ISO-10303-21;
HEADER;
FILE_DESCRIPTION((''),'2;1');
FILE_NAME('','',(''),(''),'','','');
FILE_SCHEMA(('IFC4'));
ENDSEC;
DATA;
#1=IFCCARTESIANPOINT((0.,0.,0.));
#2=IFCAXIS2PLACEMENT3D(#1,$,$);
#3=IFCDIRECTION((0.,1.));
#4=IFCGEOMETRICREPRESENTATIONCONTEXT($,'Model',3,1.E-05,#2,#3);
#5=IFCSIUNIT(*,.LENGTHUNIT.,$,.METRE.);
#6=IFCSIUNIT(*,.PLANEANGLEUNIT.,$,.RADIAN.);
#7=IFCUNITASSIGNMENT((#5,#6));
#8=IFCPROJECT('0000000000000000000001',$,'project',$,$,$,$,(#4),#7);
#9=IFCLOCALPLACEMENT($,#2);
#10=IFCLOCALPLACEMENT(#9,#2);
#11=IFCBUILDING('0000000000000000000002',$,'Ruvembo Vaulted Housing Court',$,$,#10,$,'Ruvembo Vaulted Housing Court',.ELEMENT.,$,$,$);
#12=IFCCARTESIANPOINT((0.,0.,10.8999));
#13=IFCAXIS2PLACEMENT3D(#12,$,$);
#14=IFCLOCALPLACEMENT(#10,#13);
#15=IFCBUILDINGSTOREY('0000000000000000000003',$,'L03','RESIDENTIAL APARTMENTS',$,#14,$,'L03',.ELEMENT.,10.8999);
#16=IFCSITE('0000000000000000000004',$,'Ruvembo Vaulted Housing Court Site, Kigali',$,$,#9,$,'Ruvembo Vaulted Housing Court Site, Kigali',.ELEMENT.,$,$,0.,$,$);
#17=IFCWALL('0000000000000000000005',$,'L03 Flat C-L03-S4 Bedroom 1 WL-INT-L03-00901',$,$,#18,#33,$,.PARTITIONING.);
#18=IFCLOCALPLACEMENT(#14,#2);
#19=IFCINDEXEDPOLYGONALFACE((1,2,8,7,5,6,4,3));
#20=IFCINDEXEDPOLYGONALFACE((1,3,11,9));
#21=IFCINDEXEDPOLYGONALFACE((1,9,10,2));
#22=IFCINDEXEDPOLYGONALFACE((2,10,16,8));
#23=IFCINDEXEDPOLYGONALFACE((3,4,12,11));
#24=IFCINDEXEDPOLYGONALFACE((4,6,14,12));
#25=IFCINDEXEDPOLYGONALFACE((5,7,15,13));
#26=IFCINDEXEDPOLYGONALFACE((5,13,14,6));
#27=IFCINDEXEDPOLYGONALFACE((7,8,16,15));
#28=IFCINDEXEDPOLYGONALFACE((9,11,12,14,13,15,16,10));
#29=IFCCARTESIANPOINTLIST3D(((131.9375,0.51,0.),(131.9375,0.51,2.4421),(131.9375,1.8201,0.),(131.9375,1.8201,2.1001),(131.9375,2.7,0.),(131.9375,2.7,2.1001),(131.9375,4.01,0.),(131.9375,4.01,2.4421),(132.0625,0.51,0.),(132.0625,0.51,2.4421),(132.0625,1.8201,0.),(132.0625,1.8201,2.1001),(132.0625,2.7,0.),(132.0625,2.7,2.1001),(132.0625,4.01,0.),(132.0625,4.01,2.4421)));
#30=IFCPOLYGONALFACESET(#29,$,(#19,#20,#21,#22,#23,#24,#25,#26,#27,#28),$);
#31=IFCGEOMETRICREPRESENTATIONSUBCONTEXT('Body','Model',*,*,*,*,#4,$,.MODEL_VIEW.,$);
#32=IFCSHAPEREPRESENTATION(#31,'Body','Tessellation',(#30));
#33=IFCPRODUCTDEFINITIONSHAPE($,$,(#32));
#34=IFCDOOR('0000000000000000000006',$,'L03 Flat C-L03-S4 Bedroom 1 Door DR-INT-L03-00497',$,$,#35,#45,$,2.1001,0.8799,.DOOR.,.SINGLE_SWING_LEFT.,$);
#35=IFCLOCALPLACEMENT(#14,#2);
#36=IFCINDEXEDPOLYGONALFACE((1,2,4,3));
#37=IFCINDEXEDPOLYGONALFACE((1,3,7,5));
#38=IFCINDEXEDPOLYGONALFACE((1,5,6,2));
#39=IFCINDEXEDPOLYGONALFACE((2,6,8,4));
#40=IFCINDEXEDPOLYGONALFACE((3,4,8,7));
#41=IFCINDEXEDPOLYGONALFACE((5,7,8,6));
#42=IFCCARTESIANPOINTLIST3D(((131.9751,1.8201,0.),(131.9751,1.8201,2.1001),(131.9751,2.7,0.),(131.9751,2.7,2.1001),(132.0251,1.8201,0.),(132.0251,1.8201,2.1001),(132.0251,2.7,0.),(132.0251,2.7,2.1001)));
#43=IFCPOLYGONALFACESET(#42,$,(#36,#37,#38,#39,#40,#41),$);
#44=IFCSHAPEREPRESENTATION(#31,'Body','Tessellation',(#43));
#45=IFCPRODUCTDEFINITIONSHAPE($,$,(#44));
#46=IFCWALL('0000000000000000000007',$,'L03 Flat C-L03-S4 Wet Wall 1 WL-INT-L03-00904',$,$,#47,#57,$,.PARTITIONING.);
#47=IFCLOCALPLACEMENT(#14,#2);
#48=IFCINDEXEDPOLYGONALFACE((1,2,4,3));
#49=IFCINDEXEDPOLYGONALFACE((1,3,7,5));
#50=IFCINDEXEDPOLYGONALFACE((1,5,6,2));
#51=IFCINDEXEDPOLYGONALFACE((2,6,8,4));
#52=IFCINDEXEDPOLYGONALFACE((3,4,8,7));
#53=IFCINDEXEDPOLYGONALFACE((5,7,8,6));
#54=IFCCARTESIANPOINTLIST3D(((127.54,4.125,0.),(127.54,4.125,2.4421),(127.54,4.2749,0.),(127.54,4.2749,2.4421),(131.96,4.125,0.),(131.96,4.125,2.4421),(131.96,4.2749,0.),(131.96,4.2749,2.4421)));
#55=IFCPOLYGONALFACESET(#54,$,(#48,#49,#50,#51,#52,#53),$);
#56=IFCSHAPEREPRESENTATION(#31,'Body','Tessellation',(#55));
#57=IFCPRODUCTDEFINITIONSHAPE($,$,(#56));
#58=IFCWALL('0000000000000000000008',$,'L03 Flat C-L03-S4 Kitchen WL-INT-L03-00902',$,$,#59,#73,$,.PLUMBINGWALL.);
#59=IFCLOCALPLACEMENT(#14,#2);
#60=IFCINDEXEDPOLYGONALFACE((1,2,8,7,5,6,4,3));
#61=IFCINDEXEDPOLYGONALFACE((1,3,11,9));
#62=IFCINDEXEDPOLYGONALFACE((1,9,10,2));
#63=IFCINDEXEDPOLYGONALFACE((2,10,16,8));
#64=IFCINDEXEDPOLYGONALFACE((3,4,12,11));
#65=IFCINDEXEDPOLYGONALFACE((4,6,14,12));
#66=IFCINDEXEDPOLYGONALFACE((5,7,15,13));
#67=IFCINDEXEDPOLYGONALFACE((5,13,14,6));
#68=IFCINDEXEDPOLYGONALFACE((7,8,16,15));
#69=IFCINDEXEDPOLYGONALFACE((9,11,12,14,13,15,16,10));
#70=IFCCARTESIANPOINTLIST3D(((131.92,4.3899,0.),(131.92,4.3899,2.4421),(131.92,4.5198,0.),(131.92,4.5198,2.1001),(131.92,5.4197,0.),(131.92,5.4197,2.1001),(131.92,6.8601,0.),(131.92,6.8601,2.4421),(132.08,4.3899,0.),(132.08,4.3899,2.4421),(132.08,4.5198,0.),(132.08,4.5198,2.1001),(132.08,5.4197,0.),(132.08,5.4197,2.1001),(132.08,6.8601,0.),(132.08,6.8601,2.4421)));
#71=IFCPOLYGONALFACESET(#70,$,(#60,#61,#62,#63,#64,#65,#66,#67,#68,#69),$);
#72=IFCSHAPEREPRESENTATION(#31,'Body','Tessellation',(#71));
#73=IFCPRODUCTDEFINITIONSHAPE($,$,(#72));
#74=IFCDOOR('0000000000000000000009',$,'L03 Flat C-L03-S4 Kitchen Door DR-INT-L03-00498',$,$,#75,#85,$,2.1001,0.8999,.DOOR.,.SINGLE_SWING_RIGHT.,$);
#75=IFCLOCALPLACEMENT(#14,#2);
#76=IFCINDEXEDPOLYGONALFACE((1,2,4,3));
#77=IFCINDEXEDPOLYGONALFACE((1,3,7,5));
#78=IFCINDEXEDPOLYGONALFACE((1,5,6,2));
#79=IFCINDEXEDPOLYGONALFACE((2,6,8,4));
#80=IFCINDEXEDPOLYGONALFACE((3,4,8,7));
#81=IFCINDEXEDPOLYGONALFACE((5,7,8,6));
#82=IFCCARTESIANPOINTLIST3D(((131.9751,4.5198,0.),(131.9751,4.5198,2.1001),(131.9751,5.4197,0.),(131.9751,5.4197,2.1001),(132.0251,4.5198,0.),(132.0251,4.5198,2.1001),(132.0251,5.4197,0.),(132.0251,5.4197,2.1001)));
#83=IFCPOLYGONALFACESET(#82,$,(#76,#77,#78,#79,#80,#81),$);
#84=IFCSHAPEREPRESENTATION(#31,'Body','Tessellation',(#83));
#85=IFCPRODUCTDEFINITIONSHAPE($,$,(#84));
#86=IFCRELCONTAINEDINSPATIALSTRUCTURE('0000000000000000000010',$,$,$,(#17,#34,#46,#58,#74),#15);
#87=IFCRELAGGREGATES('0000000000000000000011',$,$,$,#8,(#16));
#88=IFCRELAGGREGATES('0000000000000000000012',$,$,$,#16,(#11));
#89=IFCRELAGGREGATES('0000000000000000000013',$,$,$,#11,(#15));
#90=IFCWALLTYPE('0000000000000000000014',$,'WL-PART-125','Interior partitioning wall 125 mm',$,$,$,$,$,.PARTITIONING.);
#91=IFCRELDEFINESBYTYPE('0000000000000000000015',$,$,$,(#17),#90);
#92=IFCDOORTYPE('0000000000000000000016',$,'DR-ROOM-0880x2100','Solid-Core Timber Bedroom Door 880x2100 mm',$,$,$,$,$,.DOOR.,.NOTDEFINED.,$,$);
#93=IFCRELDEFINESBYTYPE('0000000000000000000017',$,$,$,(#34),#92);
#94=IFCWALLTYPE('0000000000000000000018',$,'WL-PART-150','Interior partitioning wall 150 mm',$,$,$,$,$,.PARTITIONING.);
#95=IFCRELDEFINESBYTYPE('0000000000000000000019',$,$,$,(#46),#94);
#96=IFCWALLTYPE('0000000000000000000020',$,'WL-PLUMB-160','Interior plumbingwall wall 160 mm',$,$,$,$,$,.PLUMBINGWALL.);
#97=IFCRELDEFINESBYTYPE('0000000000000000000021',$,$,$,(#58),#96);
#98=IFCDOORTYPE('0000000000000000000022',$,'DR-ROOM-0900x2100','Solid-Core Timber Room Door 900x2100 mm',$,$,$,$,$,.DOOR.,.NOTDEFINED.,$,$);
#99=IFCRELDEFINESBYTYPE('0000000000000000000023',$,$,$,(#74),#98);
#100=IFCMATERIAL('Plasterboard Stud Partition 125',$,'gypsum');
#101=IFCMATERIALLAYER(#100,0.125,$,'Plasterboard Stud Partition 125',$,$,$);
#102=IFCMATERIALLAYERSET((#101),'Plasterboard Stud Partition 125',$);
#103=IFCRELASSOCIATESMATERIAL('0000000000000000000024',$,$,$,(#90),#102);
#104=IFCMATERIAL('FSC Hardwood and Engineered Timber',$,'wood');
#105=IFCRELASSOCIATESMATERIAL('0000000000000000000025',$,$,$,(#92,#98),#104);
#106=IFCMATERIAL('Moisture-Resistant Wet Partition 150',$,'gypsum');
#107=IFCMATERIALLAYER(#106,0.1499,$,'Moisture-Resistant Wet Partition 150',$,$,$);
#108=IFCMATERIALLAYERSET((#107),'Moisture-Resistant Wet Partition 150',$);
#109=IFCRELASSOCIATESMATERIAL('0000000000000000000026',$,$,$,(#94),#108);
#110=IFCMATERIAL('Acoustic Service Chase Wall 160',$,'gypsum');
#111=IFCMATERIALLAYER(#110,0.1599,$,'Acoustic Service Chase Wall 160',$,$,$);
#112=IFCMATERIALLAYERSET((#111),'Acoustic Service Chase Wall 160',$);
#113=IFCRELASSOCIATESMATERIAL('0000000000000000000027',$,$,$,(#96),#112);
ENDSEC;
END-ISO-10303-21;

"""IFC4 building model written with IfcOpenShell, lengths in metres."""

from ifc_helpers import new_model, si_unit, direction, frame, frame_2d, origin, place, context, subcontext, project, spatial, rectangle, extrude, material, layer, layer_set, type_object, element, fill, save


model = new_model("IFC4")

# Units and contexts
model_context = context("Model", 3, precision=1e-05, world=origin(), true_north=direction((0.0, 1.0)))
body_context = subcontext(model_context, "Body", "Model", "MODEL_VIEW")
ifc_project = project(units=[si_unit("LENGTHUNIT", "METRE"), si_unit("PLANEANGLEUNIT", "RADIAN")], contexts=[model_context])

# Site, building, storey
site_placement = place(None, origin())
site = spatial("IfcSite", under=ifc_project, at=site_placement, Name="Ruvembo Vaulted Housing Court Site, Kigali", LongName="Ruvembo Vaulted Housing Court Site, Kigali", CompositionType="ELEMENT", RefElevation=0.0)
building_placement = place(site_placement, origin())
building = spatial("IfcBuilding", under=site, at=building_placement, Name="Ruvembo Vaulted Housing Court", LongName="Ruvembo Vaulted Housing Court", CompositionType="ELEMENT")
storey_placement = place(building_placement, frame((0.0, 0.0, 10.8999)))
storey = spatial("IfcBuildingStorey", under=building, at=storey_placement, Name="L03", Description="RESIDENTIAL APARTMENTS", LongName="L03", CompositionType="ELEMENT", Elevation=10.8999)

# Wall, opening, door
ifc_material_1 = material(Name="Plasterboard Stud Partition 125", Category="gypsum")
ifc_layer_1 = layer(ifc_material_1, 0.125, Name="Plasterboard Stud Partition 125")
ifc_layer_set_1 = layer_set([ifc_layer_1], Name="Plasterboard Stud Partition 125")
wall_type_1 = type_object("IfcWallType", Name="WL-PART-125", Description="Interior partitioning wall 125 mm", PredefinedType="PARTITIONING", material=ifc_layer_set_1)
wall_1_placement = place(storey_placement, frame((132.0, 0.51, 0.0), z_axis=(0.0, 0.0, 1.0), x_axis=(0.0, 1.0, 0.0)))
wall_1 = element("IfcWall", 1, at=wall_1_placement, inside=storey, type_object=wall_type_1, Name="L03 Flat C-L03-S4 Bedroom 1 WL-INT-L03-00901", PredefinedType="PARTITIONING", context=body_context, shape_type="SweptSolid", body=[
    extrude(rectangle(XDim=3.5, YDim=0.125, at=frame_2d((1.75, 0.0))), origin(), (0.0, 0.0, 1.0), 2.4421),
])
opening_1_placement = place(wall_1_placement, frame((1.3101, 0.0, 0.0)))
opening_1 = element("IfcOpeningElement", 2, at=opening_1_placement, cuts=wall_1, PredefinedType="OPENING", context=body_context, shape_type="SweptSolid", body=[
    extrude(rectangle(XDim=0.8799, YDim=2.1001, at=frame_2d((0.4399, 1.05))), frame((0.0, 0.0725, 0.0), z_axis=(0.0, -1.0, 0.0), x_axis=(1.0, 0.0, 0.0)), (0.0, 0.0, 1.0), 0.145),
])
ifc_material_2 = material(Name="FSC Hardwood and Engineered Timber", Category="wood")
door_type_1 = type_object("IfcDoorType", Name="DR-ROOM-0880x2100", Description="Solid-Core Timber Bedroom Door 880x2100 mm", OperationType="NOTDEFINED", PredefinedType="DOOR", material=ifc_material_2)
door_1_placement = place(opening_1_placement, origin())
door_1 = element("IfcDoor", 3, at=door_1_placement, inside=storey, type_object=door_type_1, Name="L03 Flat C-L03-S4 Bedroom 1 Door DR-INT-L03-00497", OperationType="SINGLE_SWING_LEFT", OverallHeight=2.1001, OverallWidth=0.8799, PredefinedType="DOOR", context=body_context, shape_type="SweptSolid", body=[
    extrude(rectangle(XDim=0.8799, YDim=2.1001, at=frame_2d((0.4399, 1.05))), frame((0.0, 0.0249, 0.0), z_axis=(0.0, -1.0, 0.0), x_axis=(1.0, 0.0, 0.0)), (0.0, 0.0, 1.0), 0.05),
])
fill(opening_1, door_1)

# Wall
ifc_material_3 = material(Name="Moisture-Resistant Wet Partition 150", Category="gypsum")
ifc_layer_2 = layer(ifc_material_3, 0.1499, Name="Moisture-Resistant Wet Partition 150")
ifc_layer_set_2 = layer_set([ifc_layer_2], Name="Moisture-Resistant Wet Partition 150")
wall_type_2 = type_object("IfcWallType", Name="WL-PART-150", Description="Interior partitioning wall 150 mm", PredefinedType="PARTITIONING", material=ifc_layer_set_2)
wall_2_placement = place(storey_placement, frame((127.54, 4.2, 0.0), z_axis=(0.0, 0.0, 1.0), x_axis=(1.0, 0.0, 0.0)))
element("IfcWall", 4, at=wall_2_placement, inside=storey, type_object=wall_type_2, Name="L03 Flat C-L03-S4 Wet Wall 1 WL-INT-L03-00904", PredefinedType="PARTITIONING", context=body_context, shape_type="SweptSolid", body=[
    extrude(rectangle(XDim=4.4199, YDim=0.1499, at=frame_2d((2.21, 0.0))), origin(), (0.0, 0.0, 1.0), 2.4421),
])

# Wall, opening, door
ifc_material_4 = material(Name="Acoustic Service Chase Wall 160", Category="gypsum")
ifc_layer_3 = layer(ifc_material_4, 0.1599, Name="Acoustic Service Chase Wall 160")
ifc_layer_set_3 = layer_set([ifc_layer_3], Name="Acoustic Service Chase Wall 160")
wall_type_3 = type_object("IfcWallType", Name="WL-PLUMB-160", Description="Interior plumbingwall wall 160 mm", PredefinedType="PLUMBINGWALL", material=ifc_layer_set_3)
wall_3_placement = place(storey_placement, frame((132.0, 4.3899, 0.0), z_axis=(0.0, 0.0, 1.0), x_axis=(0.0, 1.0, 0.0)))
wall_3 = element("IfcWall", 5, at=wall_3_placement, inside=storey, type_object=wall_type_3, Name="L03 Flat C-L03-S4 Kitchen WL-INT-L03-00902", PredefinedType="PLUMBINGWALL", context=body_context, shape_type="SweptSolid", body=[
    extrude(rectangle(XDim=2.4702, YDim=0.1599, at=frame_2d((1.2351, 0.0))), origin(), (0.0, 0.0, 1.0), 2.4421),
])
opening_2_placement = place(wall_3_placement, frame((0.1299, 0.0, 0.0)))
opening_2 = element("IfcOpeningElement", 6, at=opening_2_placement, cuts=wall_3, PredefinedType="OPENING", context=body_context, shape_type="SweptSolid", body=[
    extrude(rectangle(XDim=0.8999, YDim=2.1001, at=frame_2d((0.45, 1.05))), frame((0.0, 0.0898, 0.0), z_axis=(0.0, -1.0, 0.0), x_axis=(1.0, 0.0, 0.0)), (0.0, 0.0, 1.0), 0.1799),
])
door_type_2 = type_object("IfcDoorType", Name="DR-ROOM-0900x2100", Description="Solid-Core Timber Room Door 900x2100 mm", OperationType="NOTDEFINED", PredefinedType="DOOR", material=ifc_material_2)
door_2_placement = place(opening_2_placement, origin())
door_2 = element("IfcDoor", 7, at=door_2_placement, inside=storey, type_object=door_type_2, Name="L03 Flat C-L03-S4 Kitchen Door DR-INT-L03-00498", OperationType="SINGLE_SWING_RIGHT", OverallHeight=2.1001, OverallWidth=0.8999, PredefinedType="DOOR", context=body_context, shape_type="SweptSolid", body=[
    extrude(rectangle(XDim=0.8999, YDim=2.1001, at=frame_2d((0.45, 1.05))), frame((0.0, 0.0249, 0.0), z_axis=(0.0, -1.0, 0.0), x_axis=(1.0, 0.0, 0.0)), (0.0, 0.0, 1.0), 0.05),
])
fill(opening_2, door_2)

save(model, "model.ifc")
